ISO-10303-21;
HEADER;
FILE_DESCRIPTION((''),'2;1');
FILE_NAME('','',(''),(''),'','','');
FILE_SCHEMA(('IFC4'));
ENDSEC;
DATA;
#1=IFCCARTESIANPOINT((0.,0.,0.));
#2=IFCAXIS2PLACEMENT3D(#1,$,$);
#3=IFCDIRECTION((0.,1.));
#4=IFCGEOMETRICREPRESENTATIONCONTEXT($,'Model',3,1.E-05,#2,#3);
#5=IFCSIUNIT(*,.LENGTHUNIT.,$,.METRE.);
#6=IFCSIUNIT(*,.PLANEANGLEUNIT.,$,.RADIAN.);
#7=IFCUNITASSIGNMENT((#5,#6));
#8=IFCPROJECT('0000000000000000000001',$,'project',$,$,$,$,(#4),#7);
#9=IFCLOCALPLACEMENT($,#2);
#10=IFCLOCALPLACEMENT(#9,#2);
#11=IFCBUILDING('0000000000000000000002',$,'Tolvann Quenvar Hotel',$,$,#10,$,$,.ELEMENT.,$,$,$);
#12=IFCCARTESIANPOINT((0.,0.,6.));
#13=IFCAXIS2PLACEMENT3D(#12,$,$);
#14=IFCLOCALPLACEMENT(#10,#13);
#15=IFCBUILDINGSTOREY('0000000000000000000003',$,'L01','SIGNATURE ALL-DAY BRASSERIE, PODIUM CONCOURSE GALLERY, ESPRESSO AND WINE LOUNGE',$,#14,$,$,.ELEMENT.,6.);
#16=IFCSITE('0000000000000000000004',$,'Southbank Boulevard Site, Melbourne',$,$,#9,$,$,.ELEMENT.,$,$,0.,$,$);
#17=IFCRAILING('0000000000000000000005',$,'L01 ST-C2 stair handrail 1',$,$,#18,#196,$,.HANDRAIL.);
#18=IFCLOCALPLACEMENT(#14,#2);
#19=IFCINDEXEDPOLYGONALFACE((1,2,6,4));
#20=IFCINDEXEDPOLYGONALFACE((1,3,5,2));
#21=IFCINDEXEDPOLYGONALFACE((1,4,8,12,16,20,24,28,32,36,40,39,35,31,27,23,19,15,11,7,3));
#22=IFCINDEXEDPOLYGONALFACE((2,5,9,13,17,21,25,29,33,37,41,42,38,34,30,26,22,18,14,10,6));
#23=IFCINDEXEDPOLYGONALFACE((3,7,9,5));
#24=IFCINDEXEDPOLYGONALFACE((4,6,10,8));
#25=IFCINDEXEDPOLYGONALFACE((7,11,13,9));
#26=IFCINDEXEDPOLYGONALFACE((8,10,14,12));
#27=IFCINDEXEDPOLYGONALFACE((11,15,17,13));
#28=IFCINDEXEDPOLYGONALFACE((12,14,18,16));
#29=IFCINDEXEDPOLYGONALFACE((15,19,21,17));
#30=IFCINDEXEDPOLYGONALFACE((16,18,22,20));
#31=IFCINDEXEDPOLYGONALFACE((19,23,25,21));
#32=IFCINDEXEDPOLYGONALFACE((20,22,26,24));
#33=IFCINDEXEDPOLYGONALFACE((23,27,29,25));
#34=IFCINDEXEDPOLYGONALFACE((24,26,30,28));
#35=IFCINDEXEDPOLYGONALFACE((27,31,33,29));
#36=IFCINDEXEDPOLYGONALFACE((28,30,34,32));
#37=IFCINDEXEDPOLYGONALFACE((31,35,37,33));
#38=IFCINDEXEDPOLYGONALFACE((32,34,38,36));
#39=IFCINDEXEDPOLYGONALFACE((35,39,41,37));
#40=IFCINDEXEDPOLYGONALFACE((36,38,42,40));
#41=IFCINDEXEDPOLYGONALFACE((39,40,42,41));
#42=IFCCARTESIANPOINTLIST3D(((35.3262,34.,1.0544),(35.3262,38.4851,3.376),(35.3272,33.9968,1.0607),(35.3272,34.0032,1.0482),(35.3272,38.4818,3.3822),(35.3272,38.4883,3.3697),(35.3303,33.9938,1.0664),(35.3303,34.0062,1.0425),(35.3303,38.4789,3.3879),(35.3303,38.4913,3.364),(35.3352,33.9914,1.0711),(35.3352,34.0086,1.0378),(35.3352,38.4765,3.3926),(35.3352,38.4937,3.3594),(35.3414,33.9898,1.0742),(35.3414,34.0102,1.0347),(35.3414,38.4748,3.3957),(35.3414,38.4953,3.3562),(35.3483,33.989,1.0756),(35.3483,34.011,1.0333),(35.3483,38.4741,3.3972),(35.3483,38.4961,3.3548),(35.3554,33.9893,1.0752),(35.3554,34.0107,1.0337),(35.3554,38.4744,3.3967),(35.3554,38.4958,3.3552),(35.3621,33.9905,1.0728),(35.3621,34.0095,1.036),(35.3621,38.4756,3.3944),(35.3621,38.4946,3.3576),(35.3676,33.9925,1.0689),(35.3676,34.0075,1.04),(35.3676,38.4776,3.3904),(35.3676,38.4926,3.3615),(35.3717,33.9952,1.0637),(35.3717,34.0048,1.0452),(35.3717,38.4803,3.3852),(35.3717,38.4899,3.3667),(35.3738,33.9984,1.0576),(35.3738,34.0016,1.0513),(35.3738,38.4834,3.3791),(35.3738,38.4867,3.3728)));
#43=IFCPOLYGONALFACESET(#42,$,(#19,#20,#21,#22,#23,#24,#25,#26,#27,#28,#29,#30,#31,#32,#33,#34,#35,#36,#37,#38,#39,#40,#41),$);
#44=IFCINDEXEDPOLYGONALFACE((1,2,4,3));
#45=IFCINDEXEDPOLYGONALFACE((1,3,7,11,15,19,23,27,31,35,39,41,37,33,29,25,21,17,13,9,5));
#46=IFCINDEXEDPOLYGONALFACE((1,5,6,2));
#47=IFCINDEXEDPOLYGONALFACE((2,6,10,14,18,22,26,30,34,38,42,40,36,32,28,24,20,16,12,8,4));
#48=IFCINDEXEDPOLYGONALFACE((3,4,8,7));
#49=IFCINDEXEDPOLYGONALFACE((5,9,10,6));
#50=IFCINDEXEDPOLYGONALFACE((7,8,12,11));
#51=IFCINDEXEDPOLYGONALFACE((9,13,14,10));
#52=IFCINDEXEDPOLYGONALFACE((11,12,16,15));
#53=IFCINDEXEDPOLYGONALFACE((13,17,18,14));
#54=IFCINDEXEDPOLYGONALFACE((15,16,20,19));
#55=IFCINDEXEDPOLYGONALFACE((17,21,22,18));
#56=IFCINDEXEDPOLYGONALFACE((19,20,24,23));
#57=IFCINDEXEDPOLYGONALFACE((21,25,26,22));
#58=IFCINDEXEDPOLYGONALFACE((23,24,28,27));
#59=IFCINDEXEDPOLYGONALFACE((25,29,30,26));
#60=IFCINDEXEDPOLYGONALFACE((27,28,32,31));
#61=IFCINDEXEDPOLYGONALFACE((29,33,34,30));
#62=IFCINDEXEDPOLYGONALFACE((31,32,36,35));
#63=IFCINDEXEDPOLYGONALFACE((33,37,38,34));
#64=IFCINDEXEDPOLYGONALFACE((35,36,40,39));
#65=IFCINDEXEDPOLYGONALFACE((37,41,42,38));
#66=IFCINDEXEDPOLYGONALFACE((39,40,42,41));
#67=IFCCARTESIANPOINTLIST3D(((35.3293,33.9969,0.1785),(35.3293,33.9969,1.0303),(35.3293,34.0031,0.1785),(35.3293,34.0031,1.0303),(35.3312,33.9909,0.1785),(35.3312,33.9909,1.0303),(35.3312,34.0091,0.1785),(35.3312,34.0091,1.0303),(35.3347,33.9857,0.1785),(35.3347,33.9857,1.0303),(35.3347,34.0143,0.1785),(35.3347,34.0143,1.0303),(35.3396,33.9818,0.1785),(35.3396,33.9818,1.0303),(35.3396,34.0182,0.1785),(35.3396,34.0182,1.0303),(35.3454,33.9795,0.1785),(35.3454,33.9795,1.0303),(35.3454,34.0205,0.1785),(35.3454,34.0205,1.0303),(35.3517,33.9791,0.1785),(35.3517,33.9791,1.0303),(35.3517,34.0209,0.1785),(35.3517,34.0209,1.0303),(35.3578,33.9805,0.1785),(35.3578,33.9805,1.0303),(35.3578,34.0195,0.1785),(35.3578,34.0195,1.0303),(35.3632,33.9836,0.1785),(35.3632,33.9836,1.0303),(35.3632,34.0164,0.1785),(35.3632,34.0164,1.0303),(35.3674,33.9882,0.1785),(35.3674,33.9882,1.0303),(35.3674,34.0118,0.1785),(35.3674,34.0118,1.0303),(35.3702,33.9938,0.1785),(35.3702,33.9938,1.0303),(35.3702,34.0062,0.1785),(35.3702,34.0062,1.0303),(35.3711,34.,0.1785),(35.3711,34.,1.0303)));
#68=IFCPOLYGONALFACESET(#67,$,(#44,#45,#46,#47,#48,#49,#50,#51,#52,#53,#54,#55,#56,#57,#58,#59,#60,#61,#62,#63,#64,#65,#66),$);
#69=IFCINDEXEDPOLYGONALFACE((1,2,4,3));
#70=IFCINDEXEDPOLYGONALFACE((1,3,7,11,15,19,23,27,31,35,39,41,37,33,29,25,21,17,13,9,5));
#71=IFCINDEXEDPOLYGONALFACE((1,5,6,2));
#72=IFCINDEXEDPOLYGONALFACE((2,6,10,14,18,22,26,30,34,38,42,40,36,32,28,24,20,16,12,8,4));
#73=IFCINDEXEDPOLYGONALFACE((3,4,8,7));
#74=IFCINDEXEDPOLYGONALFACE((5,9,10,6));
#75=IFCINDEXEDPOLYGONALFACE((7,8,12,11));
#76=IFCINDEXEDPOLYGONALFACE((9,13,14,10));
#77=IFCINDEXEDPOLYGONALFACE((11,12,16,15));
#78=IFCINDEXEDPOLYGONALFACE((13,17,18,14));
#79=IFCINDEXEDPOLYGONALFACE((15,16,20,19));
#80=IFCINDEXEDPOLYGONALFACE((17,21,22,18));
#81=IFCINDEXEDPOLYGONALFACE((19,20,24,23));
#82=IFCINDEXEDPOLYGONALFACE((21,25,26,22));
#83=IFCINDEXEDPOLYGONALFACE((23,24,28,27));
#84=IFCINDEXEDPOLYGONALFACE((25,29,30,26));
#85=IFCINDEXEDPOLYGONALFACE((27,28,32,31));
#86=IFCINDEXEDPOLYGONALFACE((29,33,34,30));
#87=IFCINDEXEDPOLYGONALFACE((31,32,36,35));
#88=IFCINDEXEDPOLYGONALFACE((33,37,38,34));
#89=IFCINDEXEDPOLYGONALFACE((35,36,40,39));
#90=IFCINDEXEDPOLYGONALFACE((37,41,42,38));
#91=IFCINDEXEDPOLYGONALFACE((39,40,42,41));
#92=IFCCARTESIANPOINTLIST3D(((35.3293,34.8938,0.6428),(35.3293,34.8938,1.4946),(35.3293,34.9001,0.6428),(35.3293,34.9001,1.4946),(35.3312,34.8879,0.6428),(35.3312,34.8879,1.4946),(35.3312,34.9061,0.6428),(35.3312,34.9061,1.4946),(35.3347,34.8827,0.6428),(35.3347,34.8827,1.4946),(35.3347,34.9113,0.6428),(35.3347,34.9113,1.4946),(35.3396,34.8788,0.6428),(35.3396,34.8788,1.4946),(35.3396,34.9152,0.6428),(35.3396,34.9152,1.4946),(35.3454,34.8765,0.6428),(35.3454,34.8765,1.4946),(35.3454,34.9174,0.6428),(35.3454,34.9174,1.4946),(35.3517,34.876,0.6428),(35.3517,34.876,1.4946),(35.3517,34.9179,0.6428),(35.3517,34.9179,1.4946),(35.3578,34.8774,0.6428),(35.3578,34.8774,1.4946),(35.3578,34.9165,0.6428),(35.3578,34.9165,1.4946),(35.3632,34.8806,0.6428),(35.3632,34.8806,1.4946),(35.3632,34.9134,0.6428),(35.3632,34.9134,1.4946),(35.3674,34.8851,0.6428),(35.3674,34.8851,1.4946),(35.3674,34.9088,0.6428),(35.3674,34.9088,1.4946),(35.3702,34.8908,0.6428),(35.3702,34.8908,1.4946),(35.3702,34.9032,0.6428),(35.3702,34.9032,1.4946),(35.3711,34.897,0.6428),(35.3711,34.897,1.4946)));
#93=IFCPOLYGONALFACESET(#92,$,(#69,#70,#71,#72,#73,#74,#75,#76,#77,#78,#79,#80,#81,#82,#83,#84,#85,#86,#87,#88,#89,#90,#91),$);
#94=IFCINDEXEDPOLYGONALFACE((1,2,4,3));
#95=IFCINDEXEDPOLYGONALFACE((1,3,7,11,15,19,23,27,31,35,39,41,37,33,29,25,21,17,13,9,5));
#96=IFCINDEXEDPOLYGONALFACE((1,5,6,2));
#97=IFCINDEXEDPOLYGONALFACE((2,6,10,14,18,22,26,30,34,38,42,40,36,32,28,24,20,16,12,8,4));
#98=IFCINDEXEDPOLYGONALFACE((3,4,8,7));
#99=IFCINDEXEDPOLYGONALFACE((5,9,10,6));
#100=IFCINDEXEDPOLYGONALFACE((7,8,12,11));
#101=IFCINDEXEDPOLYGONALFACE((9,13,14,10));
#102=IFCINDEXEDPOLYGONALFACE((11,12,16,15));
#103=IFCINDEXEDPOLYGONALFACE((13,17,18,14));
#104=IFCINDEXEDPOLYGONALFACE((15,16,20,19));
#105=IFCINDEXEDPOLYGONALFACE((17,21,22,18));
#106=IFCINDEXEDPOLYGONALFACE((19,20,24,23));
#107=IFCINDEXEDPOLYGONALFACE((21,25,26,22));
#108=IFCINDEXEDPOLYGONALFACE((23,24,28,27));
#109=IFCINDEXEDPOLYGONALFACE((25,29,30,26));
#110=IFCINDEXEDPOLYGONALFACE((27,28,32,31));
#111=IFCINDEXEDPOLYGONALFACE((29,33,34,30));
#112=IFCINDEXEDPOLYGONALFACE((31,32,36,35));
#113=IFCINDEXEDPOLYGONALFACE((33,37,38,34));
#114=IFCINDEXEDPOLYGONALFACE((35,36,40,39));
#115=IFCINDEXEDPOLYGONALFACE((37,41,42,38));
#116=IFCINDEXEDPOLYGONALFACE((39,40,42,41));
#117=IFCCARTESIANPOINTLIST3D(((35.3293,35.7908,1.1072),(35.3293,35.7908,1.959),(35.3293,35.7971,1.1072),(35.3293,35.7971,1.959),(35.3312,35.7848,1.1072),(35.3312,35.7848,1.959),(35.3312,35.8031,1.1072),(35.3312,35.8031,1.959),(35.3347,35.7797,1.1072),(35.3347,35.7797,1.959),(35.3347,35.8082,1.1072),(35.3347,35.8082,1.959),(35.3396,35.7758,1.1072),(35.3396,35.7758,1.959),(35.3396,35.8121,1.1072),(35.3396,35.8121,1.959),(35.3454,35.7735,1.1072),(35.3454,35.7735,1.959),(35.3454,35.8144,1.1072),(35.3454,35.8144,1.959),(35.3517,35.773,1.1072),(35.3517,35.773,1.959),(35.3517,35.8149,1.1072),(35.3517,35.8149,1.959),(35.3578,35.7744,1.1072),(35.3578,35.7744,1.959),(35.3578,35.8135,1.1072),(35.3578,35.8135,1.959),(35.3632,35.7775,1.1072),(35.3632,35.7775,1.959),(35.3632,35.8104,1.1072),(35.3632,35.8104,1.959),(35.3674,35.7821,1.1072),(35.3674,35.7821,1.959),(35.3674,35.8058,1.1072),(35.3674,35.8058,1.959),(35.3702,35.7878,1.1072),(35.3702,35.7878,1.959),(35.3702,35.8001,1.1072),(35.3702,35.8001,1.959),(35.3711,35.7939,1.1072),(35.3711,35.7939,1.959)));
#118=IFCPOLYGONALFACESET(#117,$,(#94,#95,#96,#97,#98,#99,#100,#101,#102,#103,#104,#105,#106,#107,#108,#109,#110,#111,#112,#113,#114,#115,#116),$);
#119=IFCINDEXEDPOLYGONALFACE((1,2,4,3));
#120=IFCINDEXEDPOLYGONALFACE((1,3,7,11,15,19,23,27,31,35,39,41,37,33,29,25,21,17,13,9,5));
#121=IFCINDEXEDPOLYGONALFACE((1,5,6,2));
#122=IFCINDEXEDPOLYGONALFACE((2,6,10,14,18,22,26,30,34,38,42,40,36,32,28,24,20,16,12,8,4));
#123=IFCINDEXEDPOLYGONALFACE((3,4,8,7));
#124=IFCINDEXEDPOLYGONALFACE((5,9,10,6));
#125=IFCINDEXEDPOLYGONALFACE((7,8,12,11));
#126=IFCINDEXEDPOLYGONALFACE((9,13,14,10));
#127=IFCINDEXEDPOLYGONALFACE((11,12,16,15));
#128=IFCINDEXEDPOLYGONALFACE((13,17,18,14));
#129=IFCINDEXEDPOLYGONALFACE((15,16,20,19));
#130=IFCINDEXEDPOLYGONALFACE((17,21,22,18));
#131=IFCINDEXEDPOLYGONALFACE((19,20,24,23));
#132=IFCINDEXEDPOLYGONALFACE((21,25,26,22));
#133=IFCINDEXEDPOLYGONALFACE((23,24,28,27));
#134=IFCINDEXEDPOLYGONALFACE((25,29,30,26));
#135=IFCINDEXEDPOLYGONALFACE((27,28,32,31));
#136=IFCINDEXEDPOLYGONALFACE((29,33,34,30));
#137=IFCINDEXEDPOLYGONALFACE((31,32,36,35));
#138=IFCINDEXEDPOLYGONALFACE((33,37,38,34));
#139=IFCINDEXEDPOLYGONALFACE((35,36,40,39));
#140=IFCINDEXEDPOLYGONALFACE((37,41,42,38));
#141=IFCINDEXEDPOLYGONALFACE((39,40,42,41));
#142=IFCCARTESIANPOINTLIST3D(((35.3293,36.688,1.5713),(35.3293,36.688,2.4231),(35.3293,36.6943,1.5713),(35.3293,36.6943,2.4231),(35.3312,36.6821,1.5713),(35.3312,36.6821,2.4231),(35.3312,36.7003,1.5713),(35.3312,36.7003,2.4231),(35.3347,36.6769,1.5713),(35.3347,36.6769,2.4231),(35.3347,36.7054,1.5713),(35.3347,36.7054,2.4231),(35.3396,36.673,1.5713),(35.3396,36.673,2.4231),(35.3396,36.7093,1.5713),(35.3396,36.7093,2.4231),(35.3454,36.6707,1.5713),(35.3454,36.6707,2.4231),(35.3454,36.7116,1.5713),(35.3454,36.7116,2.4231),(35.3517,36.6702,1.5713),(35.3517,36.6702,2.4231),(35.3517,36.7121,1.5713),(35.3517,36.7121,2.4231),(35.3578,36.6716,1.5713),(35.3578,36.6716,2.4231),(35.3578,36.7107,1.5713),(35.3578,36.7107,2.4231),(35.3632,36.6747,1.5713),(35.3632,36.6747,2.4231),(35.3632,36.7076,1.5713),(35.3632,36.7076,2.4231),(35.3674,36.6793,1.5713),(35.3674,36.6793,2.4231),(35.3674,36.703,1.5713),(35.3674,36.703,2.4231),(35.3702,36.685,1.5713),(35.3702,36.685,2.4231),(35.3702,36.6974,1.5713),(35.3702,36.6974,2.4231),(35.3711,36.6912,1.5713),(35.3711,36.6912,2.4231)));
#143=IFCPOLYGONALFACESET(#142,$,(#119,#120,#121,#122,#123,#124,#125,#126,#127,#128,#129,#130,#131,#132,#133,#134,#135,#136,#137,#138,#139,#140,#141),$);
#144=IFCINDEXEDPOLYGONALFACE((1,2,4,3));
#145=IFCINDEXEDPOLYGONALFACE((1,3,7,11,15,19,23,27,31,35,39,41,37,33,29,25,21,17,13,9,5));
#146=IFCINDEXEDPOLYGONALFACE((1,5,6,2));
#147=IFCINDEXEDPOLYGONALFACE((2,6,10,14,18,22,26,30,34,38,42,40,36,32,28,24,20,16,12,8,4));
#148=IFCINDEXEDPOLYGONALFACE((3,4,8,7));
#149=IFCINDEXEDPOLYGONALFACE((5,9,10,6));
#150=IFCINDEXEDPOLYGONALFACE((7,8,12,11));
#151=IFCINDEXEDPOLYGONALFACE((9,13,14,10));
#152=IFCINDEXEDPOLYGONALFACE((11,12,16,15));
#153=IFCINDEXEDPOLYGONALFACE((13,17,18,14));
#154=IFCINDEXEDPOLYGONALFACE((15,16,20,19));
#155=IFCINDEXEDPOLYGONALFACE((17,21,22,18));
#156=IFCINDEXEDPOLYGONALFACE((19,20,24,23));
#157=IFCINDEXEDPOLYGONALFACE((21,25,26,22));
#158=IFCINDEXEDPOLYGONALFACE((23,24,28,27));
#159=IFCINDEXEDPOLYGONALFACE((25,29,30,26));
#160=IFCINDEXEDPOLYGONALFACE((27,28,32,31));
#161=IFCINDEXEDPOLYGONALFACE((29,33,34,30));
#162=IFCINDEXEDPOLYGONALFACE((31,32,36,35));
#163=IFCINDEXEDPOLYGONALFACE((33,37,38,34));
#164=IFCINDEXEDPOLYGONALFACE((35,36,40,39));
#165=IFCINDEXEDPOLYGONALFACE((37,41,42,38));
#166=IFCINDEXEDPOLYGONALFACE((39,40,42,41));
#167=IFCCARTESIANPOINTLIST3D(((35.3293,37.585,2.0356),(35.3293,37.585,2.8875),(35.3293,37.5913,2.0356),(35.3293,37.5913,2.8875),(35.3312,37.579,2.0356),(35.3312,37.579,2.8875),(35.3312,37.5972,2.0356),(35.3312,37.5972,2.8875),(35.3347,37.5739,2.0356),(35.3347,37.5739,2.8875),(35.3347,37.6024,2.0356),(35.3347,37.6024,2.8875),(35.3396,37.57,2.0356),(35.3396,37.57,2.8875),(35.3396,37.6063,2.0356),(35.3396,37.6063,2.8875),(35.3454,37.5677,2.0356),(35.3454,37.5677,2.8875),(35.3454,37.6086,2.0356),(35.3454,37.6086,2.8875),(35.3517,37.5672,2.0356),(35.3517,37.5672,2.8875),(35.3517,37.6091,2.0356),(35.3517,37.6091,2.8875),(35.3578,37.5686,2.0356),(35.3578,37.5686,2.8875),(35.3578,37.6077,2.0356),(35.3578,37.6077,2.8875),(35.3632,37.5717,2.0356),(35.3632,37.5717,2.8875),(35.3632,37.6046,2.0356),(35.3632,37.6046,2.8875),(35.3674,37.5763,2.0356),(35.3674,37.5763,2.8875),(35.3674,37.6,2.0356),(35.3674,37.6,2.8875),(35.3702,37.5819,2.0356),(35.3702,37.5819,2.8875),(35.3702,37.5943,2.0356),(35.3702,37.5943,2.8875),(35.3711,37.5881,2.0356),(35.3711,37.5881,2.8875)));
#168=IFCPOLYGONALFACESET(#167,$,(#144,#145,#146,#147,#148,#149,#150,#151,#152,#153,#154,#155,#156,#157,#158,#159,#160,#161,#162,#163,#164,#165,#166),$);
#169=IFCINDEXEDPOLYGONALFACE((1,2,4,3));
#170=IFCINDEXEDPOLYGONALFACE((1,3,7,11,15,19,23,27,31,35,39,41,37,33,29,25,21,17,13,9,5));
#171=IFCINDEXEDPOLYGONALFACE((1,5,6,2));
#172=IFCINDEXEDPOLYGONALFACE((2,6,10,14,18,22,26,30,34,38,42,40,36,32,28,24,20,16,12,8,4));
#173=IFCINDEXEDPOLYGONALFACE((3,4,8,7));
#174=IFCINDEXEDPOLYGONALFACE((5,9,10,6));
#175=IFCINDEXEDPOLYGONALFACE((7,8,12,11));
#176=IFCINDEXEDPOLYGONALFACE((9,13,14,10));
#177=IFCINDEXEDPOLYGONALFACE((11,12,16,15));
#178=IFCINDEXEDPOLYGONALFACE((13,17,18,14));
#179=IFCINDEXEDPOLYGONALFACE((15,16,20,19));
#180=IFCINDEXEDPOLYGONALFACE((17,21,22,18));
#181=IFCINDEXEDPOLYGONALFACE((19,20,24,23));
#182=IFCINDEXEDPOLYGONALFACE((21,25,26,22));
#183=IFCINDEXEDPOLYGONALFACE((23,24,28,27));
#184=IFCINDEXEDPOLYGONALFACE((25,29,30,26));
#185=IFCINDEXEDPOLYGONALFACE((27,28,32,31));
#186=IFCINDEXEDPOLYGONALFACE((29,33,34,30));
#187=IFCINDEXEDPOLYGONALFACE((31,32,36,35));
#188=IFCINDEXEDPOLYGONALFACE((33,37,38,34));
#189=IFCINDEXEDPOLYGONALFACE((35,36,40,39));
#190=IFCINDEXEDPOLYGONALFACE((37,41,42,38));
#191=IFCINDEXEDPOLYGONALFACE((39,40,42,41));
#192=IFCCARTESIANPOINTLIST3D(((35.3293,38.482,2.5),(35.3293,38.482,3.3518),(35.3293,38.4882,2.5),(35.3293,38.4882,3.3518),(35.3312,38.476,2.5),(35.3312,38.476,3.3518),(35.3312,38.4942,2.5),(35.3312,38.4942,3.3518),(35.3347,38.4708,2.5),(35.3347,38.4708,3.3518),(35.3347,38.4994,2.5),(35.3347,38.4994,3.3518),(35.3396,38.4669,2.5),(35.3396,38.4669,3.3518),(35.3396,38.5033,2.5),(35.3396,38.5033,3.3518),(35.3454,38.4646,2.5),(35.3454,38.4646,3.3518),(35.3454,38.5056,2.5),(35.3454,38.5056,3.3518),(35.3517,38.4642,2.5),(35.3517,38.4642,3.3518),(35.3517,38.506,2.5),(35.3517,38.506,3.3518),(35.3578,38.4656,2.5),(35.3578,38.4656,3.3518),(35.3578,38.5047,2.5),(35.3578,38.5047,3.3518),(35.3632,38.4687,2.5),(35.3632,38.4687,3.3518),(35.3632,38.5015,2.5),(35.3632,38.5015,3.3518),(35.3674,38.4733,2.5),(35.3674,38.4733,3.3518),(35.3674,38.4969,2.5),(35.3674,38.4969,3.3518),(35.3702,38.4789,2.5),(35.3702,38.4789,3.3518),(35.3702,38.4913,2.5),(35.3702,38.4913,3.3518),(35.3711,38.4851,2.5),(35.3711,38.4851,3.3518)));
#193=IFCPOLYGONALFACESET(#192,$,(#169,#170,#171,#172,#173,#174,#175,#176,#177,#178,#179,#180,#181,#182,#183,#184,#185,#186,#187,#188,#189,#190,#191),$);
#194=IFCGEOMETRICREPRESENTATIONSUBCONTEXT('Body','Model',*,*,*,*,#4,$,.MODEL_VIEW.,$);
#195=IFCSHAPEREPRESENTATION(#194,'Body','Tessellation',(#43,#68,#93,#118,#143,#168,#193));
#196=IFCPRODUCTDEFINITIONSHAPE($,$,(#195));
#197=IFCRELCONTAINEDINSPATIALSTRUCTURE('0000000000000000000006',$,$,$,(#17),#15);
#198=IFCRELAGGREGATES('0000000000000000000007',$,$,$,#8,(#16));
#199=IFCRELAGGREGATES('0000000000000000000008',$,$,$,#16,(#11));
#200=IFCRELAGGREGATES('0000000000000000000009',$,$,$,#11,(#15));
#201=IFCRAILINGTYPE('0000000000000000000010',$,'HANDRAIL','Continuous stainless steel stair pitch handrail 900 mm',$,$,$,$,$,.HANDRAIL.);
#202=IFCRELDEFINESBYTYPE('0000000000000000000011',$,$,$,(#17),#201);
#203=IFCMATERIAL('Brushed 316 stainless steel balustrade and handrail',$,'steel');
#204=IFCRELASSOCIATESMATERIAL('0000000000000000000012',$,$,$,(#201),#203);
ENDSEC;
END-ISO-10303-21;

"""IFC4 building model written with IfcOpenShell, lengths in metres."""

from ifc_helpers import new_model, si_unit, direction, frame, origin, origin_2d, place, context, subcontext, project, spatial, circle, extrude, material, type_object, element, save


model = new_model("IFC4")

# Units and contexts
model_context = context("Model", 3, precision=1e-05, world=origin(), true_north=direction((0.0, 1.0)))
body_context = subcontext(model_context, "Body", "Model", "MODEL_VIEW")
ifc_project = project(units=[si_unit("LENGTHUNIT", "METRE"), si_unit("PLANEANGLEUNIT", "RADIAN")], contexts=[model_context])

# Site, building, storey
site_placement = place(None, origin())
site = spatial("IfcSite", under=ifc_project, at=site_placement, Name="Southbank Boulevard Site, Melbourne", CompositionType="ELEMENT", RefElevation=0.0)
building_placement = place(site_placement, origin())
building = spatial("IfcBuilding", under=site, at=building_placement, Name="Tolvann Quenvar Hotel", CompositionType="ELEMENT")
storey_placement = place(building_placement, frame((0.0, 0.0, 6.0)))
storey = spatial("IfcBuildingStorey", under=building, at=storey_placement, Name="L01", Description="SIGNATURE ALL-DAY BRASSERIE, PODIUM CONCOURSE GALLERY, ESPRESSO AND WINE LOUNGE", CompositionType="ELEMENT", Elevation=6.0)

# Railing
ifc_material_1 = material(Name="Brushed 316 stainless steel balustrade and handrail", Category="steel")
railing_type_1 = type_object("IfcRailingType", Name="HANDRAIL", Description="Continuous stainless steel stair pitch handrail 900 mm", PredefinedType="HANDRAIL", material=ifc_material_1)
railing_1_placement = place(storey_placement, frame((35.3501, 34.0, 0.1785)))
element("IfcRailing", 1, at=railing_1_placement, inside=storey, type_object=railing_type_1, Name="L01 ST-C2 stair handrail 1", PredefinedType="HANDRAIL", context=body_context, shape_type="SweptSolid", body=[
    extrude(circle(Radius=0.0239, at=origin_2d()), frame((0.0, 0.0, 0.876), z_axis=(0.0, 0.888084, 0.459681), x_axis=(-1.0, 0.0, 0.0)), (0.0, 0.0, 1.0), 5.0503),
    extrude(circle(Radius=0.021, at=origin_2d()), origin(), (0.0, 0.0, 1.0), 0.8518),
    extrude(circle(Radius=0.021, at=origin_2d()), frame((0.0, 0.897, 0.4644)), (0.0, 0.0, 1.0), 0.8518),
    extrude(circle(Radius=0.021, at=origin_2d()), frame((0.0, 1.7939, 0.9287)), (0.0, 0.0, 1.0), 0.8518),
    extrude(circle(Radius=0.021, at=origin_2d()), frame((0.0, 2.6912, 1.3928)), (0.0, 0.0, 1.0), 0.8518),
    extrude(circle(Radius=0.021, at=origin_2d()), frame((0.0, 3.5881, 1.8572)), (0.0, 0.0, 1.0), 0.8518),
    extrude(circle(Radius=0.021, at=origin_2d()), frame((0.0, 4.4851, 2.3215)), (0.0, 0.0, 1.0), 0.8518),
])

save(model, "model.ifc")
